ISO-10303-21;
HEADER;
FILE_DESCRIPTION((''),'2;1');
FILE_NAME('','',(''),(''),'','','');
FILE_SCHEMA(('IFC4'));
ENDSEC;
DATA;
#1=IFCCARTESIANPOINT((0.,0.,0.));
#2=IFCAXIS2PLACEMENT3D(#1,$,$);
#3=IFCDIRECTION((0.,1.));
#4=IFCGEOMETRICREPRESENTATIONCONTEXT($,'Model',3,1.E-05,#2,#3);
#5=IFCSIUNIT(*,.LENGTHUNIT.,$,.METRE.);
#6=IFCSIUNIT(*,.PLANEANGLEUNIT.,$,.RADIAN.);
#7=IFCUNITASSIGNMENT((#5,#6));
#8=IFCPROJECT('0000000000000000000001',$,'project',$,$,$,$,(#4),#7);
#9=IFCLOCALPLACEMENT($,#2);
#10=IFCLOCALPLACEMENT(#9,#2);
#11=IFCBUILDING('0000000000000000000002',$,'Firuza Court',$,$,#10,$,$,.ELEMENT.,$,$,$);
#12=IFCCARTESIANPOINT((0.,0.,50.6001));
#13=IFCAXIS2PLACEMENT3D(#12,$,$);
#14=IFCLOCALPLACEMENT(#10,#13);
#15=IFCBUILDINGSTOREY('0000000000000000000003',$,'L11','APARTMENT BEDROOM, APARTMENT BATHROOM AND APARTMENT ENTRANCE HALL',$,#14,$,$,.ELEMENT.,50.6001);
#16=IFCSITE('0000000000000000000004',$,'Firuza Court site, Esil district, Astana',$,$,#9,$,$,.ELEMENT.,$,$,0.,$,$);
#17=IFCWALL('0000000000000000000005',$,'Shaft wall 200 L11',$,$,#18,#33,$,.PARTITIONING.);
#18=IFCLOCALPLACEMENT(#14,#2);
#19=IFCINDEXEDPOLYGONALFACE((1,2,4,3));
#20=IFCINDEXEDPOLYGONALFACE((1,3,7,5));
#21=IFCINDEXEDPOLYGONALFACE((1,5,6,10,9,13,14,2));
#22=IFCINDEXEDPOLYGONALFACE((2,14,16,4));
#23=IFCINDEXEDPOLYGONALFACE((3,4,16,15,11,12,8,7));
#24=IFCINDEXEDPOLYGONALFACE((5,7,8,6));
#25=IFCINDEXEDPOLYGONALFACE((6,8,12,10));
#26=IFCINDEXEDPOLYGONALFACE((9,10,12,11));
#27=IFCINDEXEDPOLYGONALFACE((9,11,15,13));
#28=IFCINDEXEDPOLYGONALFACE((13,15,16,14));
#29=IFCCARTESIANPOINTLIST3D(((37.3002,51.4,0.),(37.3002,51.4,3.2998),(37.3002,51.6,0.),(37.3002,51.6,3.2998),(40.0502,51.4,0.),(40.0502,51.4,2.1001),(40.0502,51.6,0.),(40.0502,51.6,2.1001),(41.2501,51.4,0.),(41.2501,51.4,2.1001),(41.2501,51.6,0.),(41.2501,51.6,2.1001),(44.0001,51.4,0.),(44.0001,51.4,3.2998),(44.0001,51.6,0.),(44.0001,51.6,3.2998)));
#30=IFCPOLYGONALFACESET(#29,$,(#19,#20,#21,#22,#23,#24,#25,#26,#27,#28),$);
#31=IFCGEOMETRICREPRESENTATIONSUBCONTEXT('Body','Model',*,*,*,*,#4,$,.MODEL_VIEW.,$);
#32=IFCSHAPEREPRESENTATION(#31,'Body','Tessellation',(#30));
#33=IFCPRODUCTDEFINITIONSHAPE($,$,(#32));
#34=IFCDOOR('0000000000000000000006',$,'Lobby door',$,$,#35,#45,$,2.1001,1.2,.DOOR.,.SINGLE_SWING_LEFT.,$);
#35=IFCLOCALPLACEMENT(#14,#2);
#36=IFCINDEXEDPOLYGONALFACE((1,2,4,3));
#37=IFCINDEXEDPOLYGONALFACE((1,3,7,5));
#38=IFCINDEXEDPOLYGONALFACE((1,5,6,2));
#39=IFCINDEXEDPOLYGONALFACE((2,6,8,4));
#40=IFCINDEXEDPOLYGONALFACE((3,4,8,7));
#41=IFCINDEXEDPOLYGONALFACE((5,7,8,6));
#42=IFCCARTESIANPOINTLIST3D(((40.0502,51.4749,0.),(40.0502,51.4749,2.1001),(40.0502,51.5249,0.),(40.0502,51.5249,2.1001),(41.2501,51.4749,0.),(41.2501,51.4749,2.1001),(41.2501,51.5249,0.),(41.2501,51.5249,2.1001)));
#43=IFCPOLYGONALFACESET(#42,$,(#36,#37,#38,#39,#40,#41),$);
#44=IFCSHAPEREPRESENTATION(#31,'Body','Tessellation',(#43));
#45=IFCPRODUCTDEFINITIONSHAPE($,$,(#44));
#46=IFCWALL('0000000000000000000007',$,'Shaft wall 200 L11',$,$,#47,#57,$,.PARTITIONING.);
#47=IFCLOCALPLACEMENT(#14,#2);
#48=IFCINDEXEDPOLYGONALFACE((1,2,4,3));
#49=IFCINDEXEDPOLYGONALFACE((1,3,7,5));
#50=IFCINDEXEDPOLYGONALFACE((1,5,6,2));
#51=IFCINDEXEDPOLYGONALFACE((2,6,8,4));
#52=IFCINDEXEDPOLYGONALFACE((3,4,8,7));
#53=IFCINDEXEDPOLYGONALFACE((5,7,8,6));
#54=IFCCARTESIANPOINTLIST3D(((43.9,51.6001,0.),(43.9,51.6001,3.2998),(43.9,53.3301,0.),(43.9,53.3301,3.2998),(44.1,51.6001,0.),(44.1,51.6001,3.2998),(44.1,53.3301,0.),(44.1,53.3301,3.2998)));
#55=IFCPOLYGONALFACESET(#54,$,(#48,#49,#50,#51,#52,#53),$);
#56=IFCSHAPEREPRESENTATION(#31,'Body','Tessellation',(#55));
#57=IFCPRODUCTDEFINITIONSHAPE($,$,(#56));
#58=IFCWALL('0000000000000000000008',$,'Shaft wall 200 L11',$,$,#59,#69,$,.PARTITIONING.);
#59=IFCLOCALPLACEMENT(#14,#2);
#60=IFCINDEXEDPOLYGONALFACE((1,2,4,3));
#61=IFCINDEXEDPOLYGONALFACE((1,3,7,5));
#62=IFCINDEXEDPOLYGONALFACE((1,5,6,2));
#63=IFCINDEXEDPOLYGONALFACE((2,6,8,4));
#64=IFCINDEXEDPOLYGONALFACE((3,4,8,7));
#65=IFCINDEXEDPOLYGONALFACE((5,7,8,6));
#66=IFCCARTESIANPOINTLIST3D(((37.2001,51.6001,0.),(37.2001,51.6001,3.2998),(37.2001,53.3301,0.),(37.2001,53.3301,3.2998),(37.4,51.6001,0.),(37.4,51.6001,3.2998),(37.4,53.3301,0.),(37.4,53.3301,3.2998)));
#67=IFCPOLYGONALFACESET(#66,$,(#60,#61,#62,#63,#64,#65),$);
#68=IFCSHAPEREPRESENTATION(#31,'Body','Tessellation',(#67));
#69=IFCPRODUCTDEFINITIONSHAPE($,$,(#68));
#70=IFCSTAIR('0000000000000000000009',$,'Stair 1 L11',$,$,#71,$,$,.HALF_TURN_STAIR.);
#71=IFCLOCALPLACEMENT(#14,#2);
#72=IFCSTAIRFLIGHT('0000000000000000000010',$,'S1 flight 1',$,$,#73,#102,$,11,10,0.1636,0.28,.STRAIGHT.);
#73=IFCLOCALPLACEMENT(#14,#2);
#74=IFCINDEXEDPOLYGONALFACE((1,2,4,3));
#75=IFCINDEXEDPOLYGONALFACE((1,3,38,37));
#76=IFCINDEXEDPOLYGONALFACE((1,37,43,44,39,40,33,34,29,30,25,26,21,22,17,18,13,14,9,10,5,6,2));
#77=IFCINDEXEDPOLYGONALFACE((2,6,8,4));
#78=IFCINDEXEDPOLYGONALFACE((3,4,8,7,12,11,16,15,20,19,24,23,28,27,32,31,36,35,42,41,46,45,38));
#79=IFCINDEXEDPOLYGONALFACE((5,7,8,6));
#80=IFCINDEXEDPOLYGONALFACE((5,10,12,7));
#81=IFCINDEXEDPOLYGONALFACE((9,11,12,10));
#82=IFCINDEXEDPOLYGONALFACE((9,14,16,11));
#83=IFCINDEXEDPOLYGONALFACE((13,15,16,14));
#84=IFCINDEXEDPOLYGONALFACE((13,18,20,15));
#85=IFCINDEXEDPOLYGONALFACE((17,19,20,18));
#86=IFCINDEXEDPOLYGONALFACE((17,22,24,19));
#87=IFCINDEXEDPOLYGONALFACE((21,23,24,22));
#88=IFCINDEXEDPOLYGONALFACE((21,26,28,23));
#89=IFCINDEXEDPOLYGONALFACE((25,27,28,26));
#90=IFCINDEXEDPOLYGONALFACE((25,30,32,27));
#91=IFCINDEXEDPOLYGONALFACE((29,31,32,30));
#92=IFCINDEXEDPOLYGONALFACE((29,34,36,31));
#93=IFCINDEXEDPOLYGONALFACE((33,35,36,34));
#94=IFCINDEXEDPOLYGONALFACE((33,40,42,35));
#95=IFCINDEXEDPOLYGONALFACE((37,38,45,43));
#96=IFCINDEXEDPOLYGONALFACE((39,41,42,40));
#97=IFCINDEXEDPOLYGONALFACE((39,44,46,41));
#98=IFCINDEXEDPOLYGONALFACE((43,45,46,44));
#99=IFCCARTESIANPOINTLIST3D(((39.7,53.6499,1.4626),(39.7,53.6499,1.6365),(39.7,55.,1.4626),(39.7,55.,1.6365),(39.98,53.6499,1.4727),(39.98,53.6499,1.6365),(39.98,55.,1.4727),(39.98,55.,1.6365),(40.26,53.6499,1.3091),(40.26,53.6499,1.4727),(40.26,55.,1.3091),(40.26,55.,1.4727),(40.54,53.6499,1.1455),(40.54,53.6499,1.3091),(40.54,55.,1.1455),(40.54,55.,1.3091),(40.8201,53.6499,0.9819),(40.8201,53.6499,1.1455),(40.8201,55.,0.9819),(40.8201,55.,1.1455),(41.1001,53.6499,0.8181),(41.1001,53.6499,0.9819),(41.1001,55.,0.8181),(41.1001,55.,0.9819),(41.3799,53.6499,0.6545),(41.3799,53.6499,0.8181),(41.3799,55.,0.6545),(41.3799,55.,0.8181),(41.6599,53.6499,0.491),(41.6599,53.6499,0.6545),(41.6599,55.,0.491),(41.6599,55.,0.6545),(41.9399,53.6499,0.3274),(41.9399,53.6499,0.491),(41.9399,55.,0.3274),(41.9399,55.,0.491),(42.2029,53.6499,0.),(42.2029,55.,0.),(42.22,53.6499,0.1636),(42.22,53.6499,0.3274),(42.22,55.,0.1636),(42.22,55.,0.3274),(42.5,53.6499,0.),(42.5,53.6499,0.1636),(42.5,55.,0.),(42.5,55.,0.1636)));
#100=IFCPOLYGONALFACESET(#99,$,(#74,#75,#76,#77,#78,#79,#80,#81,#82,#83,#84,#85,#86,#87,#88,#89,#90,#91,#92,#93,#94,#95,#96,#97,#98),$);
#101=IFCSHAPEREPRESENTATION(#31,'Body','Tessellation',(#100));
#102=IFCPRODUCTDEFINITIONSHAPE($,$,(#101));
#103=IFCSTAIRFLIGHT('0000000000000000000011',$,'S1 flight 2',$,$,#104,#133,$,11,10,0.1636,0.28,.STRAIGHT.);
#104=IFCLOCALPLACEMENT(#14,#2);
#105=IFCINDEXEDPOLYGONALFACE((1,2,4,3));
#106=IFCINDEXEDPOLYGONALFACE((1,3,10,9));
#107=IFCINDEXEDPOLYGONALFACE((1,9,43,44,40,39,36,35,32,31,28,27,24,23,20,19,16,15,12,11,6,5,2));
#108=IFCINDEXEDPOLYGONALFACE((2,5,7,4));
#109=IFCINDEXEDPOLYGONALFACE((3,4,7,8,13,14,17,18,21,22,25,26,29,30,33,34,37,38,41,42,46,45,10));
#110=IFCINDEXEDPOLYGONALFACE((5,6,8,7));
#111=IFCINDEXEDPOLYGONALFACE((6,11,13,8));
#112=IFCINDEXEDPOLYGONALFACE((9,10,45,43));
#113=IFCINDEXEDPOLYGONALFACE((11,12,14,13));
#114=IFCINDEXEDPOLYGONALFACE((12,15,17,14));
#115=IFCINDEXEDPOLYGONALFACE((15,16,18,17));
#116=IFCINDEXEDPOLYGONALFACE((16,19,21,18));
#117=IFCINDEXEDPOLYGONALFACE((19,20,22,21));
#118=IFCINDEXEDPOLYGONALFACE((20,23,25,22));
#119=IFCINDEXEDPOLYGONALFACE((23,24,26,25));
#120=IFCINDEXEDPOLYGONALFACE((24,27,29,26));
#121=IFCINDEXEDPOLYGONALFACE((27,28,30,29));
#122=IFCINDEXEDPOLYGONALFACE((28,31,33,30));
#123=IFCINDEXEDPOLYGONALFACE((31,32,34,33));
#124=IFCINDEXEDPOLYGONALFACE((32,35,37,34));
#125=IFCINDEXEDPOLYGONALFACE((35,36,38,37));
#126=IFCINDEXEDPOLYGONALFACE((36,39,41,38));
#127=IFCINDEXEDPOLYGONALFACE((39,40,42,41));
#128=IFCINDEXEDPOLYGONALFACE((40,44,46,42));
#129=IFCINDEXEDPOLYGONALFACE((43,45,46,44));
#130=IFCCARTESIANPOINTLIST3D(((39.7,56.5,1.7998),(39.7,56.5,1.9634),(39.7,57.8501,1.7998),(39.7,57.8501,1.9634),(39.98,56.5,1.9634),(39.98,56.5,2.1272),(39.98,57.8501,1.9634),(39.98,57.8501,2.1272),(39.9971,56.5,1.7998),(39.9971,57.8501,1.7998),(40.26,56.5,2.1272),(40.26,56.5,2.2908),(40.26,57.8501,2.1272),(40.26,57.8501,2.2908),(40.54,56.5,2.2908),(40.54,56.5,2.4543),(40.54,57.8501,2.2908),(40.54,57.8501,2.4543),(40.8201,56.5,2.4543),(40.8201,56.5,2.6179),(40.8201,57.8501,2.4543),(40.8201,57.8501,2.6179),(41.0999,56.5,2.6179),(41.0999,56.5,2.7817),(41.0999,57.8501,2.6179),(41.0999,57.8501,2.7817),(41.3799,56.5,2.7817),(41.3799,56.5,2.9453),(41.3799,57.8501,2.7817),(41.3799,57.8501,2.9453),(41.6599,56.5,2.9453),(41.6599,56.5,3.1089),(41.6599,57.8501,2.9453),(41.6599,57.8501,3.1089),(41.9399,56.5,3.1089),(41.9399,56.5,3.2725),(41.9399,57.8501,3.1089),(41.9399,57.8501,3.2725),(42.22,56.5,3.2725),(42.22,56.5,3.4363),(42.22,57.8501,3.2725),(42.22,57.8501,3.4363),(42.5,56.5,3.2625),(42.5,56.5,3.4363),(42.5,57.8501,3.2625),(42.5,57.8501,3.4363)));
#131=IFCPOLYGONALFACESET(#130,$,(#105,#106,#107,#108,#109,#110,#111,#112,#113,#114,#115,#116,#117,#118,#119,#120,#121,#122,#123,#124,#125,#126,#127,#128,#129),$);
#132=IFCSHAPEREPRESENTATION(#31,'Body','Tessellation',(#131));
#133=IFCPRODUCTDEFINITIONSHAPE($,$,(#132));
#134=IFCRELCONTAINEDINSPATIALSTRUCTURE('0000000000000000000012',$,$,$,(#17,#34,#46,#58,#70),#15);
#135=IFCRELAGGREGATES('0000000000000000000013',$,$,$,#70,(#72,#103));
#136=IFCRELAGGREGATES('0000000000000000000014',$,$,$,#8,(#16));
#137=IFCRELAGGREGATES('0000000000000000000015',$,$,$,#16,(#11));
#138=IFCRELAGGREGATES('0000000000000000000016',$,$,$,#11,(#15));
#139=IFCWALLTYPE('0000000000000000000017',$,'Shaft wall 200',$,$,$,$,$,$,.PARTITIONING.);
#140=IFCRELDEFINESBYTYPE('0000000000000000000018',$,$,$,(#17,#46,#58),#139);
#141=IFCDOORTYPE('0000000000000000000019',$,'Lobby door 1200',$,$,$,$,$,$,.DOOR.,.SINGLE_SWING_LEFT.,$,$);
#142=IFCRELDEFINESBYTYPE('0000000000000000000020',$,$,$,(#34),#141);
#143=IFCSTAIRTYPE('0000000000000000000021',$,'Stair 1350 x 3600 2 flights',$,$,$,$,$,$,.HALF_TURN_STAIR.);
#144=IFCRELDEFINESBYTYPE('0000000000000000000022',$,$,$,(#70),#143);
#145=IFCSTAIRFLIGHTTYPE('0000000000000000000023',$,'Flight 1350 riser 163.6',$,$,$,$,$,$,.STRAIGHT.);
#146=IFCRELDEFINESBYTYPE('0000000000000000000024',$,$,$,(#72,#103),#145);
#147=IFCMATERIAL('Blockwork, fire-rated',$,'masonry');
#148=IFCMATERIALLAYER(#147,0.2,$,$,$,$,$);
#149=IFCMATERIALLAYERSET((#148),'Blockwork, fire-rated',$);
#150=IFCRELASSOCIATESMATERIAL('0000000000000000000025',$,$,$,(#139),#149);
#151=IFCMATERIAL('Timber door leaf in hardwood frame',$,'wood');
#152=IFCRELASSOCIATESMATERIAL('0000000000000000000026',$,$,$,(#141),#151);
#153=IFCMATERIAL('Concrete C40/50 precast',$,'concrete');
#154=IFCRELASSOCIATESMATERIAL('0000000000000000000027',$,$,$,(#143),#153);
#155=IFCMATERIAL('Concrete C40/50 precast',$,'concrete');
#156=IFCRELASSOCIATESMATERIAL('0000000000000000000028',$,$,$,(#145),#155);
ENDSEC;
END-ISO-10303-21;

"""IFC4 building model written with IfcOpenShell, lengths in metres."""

from ifc_helpers import new_model, si_unit, direction, frame, frame_2d, origin, place, context, subcontext, project, spatial, polyline, rectangle, outline, extrude, material, layer, layer_set, type_object, element, fill, aggregate, save


model = new_model("IFC4")

# Units and contexts
model_context = context("Model", 3, precision=1e-05, world=origin(), true_north=direction((0.0, 1.0)))
body_context = subcontext(model_context, "Body", "Model", "MODEL_VIEW")
ifc_project = project(units=[si_unit("LENGTHUNIT", "METRE"), si_unit("PLANEANGLEUNIT", "RADIAN")], contexts=[model_context])

# Site, building, storey
site_placement = place(None, origin())
site = spatial("IfcSite", under=ifc_project, at=site_placement, Name="Firuza Court site, Esil district, Astana", CompositionType="ELEMENT", RefElevation=0.0)
building_placement = place(site_placement, origin())
building = spatial("IfcBuilding", under=site, at=building_placement, Name="Firuza Court", CompositionType="ELEMENT")
storey_placement = place(building_placement, frame((0.0, 0.0, 50.6001)))
storey = spatial("IfcBuildingStorey", under=building, at=storey_placement, Name="L11", Description="APARTMENT BEDROOM, APARTMENT BATHROOM AND APARTMENT ENTRANCE HALL", CompositionType="ELEMENT", Elevation=50.6001)

# Shared definitions
ifc_material_1 = material(Name="Blockwork, fire-rated", Category="masonry")

# Wall, opening, door
ifc_layer_1 = layer(ifc_material_1, 0.2)
ifc_layer_set_1 = layer_set([ifc_layer_1], Name="Blockwork, fire-rated")
wall_type_1 = type_object("IfcWallType", Name="Shaft wall 200", PredefinedType="PARTITIONING", material=ifc_layer_set_1)
wall_1_placement = place(storey_placement, frame((37.3, 51.5, 0.0), z_axis=(0.0, 0.0, 1.0), x_axis=(1.0, 0.0, 0.0)))
wall_1 = element("IfcWall", 1, at=wall_1_placement, inside=storey, type_object=wall_type_1, Name="Shaft wall 200 L11", PredefinedType="PARTITIONING", context=body_context, shape_type="SweptSolid", body=[
    extrude(rectangle(XDim=6.7, YDim=0.2, at=frame_2d((3.3501, 0.0))), origin(), (0.0, 0.0, 1.0), 3.2998),
])
opening_1_placement = place(wall_1_placement, frame((2.75, 0.0, 0.0)))
opening_1 = element("IfcOpeningElement", 2, at=opening_1_placement, cuts=wall_1, PredefinedType="OPENING", context=body_context, shape_type="SweptSolid", body=[
    extrude(rectangle(XDim=1.2, YDim=2.1001, at=frame_2d((0.6001, 1.05))), frame((0.0, 0.1118, 0.0), z_axis=(0.0, -1.0, 0.0), x_axis=(1.0, 0.0, 0.0)), (0.0, 0.0, 1.0), 0.2239),
])
ifc_material_2 = material(Name="Timber door leaf in hardwood frame", Category="wood")
door_type_1 = type_object("IfcDoorType", Name="Lobby door 1200", OperationType="SINGLE_SWING_LEFT", PredefinedType="DOOR", material=ifc_material_2)
door_1_placement = place(opening_1_placement, origin())
door_1 = element("IfcDoor", 3, at=door_1_placement, inside=storey, type_object=door_type_1, Name="Lobby door", OperationType="SINGLE_SWING_LEFT", OverallHeight=2.1001, OverallWidth=1.2, PredefinedType="DOOR", context=body_context, shape_type="SweptSolid", body=[
    extrude(rectangle(XDim=1.2, YDim=2.1001, at=frame_2d((0.6001, 1.05))), frame((0.0, 0.0249, 0.0), z_axis=(0.0, -1.0, 0.0), x_axis=(1.0, 0.0, 0.0)), (0.0, 0.0, 1.0), 0.05),
])
fill(opening_1, door_1)

# Walls
for number, where, z_axis, x_axis, name in (
    (4, (44.0, 51.6001, 0.0), (0.0, 0.0, 1.0), (0.0, 1.0, 0.0), "Shaft wall 200 L11"),
    (5, (37.3, 51.6001, 0.0), (0.0, 0.0, 1.0), (0.0, 1.0, 0.0), "Shaft wall 200 L11"),
):
    element("IfcWall", number, at=place(storey_placement, frame(where, z_axis=z_axis, x_axis=x_axis)), inside=storey, type_object=wall_type_1, Name=name, PredefinedType="PARTITIONING", context=body_context, shape_type="SweptSolid", body=[
        extrude(rectangle(XDim=1.73, YDim=0.2, at=frame_2d((0.865, 0.0))), origin(), (0.0, 0.0, 1.0), 3.2998),
    ])

# Stair, stair flights
ifc_material_3 = material(Name="Concrete C40/50 precast", Category="concrete")
stair_type = type_object("IfcStairType", Name="Stair 1350 x 3600 2 flights", PredefinedType="HALF_TURN_STAIR", material=ifc_material_3)
stair_placement = place(storey_placement, origin())
stair = element("IfcStair", 6, at=stair_placement, inside=storey, type_object=stair_type, Name="Stair 1 L11", PredefinedType="HALF_TURN_STAIR")
ifc_material_4 = material(Name="Concrete C40/50 precast", Category="concrete")
stair_flight_type = type_object("IfcStairFlightType", Name="Flight 1350 riser 163.6", PredefinedType="STRAIGHT", material=ifc_material_4)
stair_flight_1_placement = place(storey_placement, frame((42.5, 54.325, 0.0), z_axis=(0.0, 0.0, 1.0), x_axis=(-1.0, 0.0, 0.0)))
stair_flight_1 = element("IfcStairFlight", 7, at=stair_flight_1_placement, type_object=stair_flight_type, Name="S1 flight 1", NumberOfRisers=11, NumberOfTreads=10, PredefinedType="STRAIGHT", RiserHeight=0.1636, TreadLength=0.28, context=body_context, shape_type="SweptSolid", body=[
    extrude(outline(polyline([(0.0, 0.0), (0.0, 0.1636), (0.28, 0.1636), (0.28, 0.3274), (0.5601, 0.3274), (0.5601, 0.491), (0.8401, 0.491), (0.8401, 0.6545), (1.1201, 0.6545), (1.1201, 0.8181), (1.3999, 0.8181), (1.3999, 0.9819), (1.6799, 0.9819), (1.6799, 1.1455), (1.96, 1.1455), (1.96, 1.3091), (2.24, 1.3091), (2.24, 1.4727), (2.52, 1.4727), (2.52, 1.6365), (2.8, 1.6365), (2.8, 1.8), (2.8, 1.4626), (0.2971, 0.0), (0.0, 0.0)])), frame((0.0, 0.675, 0.0), z_axis=(0.0, -1.0, 0.0), x_axis=(1.0, 0.0, 0.0)), (0.0, 0.0, 1.0), 1.3501),
])
stair_flight_2_placement = place(storey_placement, frame((39.7, 57.175, 1.7998), z_axis=(0.0, 0.0, 1.0), x_axis=(1.0, 0.0, 0.0)))
stair_flight_2 = element("IfcStairFlight", 8, at=stair_flight_2_placement, type_object=stair_flight_type, Name="S1 flight 2", NumberOfRisers=11, NumberOfTreads=10, PredefinedType="STRAIGHT", RiserHeight=0.1636, TreadLength=0.28, context=body_context, shape_type="SweptSolid", body=[
    extrude(outline(polyline([(0.0, 0.0), (0.0, 0.1636), (0.28, 0.1636), (0.28, 0.3274), (0.5601, 0.3274), (0.5601, 0.491), (0.8401, 0.491), (0.8401, 0.6545), (1.1201, 0.6545), (1.1201, 0.8181), (1.3999, 0.8181), (1.3999, 0.9819), (1.6799, 0.9819), (1.6799, 1.1455), (1.96, 1.1455), (1.96, 1.3091), (2.24, 1.3091), (2.24, 1.4727), (2.52, 1.4727), (2.52, 1.6365), (2.8, 1.6365), (2.8, 1.8), (2.8, 1.4626), (0.2971, 0.0), (0.0, 0.0)])), frame((0.0, 0.675, 0.0), z_axis=(0.0, -1.0, 0.0), x_axis=(1.0, 0.0, 0.0)), (0.0, 0.0, 1.0), 1.3501),
])
aggregate(stair, [stair_flight_1, stair_flight_2])

save(model, "model.ifc")
